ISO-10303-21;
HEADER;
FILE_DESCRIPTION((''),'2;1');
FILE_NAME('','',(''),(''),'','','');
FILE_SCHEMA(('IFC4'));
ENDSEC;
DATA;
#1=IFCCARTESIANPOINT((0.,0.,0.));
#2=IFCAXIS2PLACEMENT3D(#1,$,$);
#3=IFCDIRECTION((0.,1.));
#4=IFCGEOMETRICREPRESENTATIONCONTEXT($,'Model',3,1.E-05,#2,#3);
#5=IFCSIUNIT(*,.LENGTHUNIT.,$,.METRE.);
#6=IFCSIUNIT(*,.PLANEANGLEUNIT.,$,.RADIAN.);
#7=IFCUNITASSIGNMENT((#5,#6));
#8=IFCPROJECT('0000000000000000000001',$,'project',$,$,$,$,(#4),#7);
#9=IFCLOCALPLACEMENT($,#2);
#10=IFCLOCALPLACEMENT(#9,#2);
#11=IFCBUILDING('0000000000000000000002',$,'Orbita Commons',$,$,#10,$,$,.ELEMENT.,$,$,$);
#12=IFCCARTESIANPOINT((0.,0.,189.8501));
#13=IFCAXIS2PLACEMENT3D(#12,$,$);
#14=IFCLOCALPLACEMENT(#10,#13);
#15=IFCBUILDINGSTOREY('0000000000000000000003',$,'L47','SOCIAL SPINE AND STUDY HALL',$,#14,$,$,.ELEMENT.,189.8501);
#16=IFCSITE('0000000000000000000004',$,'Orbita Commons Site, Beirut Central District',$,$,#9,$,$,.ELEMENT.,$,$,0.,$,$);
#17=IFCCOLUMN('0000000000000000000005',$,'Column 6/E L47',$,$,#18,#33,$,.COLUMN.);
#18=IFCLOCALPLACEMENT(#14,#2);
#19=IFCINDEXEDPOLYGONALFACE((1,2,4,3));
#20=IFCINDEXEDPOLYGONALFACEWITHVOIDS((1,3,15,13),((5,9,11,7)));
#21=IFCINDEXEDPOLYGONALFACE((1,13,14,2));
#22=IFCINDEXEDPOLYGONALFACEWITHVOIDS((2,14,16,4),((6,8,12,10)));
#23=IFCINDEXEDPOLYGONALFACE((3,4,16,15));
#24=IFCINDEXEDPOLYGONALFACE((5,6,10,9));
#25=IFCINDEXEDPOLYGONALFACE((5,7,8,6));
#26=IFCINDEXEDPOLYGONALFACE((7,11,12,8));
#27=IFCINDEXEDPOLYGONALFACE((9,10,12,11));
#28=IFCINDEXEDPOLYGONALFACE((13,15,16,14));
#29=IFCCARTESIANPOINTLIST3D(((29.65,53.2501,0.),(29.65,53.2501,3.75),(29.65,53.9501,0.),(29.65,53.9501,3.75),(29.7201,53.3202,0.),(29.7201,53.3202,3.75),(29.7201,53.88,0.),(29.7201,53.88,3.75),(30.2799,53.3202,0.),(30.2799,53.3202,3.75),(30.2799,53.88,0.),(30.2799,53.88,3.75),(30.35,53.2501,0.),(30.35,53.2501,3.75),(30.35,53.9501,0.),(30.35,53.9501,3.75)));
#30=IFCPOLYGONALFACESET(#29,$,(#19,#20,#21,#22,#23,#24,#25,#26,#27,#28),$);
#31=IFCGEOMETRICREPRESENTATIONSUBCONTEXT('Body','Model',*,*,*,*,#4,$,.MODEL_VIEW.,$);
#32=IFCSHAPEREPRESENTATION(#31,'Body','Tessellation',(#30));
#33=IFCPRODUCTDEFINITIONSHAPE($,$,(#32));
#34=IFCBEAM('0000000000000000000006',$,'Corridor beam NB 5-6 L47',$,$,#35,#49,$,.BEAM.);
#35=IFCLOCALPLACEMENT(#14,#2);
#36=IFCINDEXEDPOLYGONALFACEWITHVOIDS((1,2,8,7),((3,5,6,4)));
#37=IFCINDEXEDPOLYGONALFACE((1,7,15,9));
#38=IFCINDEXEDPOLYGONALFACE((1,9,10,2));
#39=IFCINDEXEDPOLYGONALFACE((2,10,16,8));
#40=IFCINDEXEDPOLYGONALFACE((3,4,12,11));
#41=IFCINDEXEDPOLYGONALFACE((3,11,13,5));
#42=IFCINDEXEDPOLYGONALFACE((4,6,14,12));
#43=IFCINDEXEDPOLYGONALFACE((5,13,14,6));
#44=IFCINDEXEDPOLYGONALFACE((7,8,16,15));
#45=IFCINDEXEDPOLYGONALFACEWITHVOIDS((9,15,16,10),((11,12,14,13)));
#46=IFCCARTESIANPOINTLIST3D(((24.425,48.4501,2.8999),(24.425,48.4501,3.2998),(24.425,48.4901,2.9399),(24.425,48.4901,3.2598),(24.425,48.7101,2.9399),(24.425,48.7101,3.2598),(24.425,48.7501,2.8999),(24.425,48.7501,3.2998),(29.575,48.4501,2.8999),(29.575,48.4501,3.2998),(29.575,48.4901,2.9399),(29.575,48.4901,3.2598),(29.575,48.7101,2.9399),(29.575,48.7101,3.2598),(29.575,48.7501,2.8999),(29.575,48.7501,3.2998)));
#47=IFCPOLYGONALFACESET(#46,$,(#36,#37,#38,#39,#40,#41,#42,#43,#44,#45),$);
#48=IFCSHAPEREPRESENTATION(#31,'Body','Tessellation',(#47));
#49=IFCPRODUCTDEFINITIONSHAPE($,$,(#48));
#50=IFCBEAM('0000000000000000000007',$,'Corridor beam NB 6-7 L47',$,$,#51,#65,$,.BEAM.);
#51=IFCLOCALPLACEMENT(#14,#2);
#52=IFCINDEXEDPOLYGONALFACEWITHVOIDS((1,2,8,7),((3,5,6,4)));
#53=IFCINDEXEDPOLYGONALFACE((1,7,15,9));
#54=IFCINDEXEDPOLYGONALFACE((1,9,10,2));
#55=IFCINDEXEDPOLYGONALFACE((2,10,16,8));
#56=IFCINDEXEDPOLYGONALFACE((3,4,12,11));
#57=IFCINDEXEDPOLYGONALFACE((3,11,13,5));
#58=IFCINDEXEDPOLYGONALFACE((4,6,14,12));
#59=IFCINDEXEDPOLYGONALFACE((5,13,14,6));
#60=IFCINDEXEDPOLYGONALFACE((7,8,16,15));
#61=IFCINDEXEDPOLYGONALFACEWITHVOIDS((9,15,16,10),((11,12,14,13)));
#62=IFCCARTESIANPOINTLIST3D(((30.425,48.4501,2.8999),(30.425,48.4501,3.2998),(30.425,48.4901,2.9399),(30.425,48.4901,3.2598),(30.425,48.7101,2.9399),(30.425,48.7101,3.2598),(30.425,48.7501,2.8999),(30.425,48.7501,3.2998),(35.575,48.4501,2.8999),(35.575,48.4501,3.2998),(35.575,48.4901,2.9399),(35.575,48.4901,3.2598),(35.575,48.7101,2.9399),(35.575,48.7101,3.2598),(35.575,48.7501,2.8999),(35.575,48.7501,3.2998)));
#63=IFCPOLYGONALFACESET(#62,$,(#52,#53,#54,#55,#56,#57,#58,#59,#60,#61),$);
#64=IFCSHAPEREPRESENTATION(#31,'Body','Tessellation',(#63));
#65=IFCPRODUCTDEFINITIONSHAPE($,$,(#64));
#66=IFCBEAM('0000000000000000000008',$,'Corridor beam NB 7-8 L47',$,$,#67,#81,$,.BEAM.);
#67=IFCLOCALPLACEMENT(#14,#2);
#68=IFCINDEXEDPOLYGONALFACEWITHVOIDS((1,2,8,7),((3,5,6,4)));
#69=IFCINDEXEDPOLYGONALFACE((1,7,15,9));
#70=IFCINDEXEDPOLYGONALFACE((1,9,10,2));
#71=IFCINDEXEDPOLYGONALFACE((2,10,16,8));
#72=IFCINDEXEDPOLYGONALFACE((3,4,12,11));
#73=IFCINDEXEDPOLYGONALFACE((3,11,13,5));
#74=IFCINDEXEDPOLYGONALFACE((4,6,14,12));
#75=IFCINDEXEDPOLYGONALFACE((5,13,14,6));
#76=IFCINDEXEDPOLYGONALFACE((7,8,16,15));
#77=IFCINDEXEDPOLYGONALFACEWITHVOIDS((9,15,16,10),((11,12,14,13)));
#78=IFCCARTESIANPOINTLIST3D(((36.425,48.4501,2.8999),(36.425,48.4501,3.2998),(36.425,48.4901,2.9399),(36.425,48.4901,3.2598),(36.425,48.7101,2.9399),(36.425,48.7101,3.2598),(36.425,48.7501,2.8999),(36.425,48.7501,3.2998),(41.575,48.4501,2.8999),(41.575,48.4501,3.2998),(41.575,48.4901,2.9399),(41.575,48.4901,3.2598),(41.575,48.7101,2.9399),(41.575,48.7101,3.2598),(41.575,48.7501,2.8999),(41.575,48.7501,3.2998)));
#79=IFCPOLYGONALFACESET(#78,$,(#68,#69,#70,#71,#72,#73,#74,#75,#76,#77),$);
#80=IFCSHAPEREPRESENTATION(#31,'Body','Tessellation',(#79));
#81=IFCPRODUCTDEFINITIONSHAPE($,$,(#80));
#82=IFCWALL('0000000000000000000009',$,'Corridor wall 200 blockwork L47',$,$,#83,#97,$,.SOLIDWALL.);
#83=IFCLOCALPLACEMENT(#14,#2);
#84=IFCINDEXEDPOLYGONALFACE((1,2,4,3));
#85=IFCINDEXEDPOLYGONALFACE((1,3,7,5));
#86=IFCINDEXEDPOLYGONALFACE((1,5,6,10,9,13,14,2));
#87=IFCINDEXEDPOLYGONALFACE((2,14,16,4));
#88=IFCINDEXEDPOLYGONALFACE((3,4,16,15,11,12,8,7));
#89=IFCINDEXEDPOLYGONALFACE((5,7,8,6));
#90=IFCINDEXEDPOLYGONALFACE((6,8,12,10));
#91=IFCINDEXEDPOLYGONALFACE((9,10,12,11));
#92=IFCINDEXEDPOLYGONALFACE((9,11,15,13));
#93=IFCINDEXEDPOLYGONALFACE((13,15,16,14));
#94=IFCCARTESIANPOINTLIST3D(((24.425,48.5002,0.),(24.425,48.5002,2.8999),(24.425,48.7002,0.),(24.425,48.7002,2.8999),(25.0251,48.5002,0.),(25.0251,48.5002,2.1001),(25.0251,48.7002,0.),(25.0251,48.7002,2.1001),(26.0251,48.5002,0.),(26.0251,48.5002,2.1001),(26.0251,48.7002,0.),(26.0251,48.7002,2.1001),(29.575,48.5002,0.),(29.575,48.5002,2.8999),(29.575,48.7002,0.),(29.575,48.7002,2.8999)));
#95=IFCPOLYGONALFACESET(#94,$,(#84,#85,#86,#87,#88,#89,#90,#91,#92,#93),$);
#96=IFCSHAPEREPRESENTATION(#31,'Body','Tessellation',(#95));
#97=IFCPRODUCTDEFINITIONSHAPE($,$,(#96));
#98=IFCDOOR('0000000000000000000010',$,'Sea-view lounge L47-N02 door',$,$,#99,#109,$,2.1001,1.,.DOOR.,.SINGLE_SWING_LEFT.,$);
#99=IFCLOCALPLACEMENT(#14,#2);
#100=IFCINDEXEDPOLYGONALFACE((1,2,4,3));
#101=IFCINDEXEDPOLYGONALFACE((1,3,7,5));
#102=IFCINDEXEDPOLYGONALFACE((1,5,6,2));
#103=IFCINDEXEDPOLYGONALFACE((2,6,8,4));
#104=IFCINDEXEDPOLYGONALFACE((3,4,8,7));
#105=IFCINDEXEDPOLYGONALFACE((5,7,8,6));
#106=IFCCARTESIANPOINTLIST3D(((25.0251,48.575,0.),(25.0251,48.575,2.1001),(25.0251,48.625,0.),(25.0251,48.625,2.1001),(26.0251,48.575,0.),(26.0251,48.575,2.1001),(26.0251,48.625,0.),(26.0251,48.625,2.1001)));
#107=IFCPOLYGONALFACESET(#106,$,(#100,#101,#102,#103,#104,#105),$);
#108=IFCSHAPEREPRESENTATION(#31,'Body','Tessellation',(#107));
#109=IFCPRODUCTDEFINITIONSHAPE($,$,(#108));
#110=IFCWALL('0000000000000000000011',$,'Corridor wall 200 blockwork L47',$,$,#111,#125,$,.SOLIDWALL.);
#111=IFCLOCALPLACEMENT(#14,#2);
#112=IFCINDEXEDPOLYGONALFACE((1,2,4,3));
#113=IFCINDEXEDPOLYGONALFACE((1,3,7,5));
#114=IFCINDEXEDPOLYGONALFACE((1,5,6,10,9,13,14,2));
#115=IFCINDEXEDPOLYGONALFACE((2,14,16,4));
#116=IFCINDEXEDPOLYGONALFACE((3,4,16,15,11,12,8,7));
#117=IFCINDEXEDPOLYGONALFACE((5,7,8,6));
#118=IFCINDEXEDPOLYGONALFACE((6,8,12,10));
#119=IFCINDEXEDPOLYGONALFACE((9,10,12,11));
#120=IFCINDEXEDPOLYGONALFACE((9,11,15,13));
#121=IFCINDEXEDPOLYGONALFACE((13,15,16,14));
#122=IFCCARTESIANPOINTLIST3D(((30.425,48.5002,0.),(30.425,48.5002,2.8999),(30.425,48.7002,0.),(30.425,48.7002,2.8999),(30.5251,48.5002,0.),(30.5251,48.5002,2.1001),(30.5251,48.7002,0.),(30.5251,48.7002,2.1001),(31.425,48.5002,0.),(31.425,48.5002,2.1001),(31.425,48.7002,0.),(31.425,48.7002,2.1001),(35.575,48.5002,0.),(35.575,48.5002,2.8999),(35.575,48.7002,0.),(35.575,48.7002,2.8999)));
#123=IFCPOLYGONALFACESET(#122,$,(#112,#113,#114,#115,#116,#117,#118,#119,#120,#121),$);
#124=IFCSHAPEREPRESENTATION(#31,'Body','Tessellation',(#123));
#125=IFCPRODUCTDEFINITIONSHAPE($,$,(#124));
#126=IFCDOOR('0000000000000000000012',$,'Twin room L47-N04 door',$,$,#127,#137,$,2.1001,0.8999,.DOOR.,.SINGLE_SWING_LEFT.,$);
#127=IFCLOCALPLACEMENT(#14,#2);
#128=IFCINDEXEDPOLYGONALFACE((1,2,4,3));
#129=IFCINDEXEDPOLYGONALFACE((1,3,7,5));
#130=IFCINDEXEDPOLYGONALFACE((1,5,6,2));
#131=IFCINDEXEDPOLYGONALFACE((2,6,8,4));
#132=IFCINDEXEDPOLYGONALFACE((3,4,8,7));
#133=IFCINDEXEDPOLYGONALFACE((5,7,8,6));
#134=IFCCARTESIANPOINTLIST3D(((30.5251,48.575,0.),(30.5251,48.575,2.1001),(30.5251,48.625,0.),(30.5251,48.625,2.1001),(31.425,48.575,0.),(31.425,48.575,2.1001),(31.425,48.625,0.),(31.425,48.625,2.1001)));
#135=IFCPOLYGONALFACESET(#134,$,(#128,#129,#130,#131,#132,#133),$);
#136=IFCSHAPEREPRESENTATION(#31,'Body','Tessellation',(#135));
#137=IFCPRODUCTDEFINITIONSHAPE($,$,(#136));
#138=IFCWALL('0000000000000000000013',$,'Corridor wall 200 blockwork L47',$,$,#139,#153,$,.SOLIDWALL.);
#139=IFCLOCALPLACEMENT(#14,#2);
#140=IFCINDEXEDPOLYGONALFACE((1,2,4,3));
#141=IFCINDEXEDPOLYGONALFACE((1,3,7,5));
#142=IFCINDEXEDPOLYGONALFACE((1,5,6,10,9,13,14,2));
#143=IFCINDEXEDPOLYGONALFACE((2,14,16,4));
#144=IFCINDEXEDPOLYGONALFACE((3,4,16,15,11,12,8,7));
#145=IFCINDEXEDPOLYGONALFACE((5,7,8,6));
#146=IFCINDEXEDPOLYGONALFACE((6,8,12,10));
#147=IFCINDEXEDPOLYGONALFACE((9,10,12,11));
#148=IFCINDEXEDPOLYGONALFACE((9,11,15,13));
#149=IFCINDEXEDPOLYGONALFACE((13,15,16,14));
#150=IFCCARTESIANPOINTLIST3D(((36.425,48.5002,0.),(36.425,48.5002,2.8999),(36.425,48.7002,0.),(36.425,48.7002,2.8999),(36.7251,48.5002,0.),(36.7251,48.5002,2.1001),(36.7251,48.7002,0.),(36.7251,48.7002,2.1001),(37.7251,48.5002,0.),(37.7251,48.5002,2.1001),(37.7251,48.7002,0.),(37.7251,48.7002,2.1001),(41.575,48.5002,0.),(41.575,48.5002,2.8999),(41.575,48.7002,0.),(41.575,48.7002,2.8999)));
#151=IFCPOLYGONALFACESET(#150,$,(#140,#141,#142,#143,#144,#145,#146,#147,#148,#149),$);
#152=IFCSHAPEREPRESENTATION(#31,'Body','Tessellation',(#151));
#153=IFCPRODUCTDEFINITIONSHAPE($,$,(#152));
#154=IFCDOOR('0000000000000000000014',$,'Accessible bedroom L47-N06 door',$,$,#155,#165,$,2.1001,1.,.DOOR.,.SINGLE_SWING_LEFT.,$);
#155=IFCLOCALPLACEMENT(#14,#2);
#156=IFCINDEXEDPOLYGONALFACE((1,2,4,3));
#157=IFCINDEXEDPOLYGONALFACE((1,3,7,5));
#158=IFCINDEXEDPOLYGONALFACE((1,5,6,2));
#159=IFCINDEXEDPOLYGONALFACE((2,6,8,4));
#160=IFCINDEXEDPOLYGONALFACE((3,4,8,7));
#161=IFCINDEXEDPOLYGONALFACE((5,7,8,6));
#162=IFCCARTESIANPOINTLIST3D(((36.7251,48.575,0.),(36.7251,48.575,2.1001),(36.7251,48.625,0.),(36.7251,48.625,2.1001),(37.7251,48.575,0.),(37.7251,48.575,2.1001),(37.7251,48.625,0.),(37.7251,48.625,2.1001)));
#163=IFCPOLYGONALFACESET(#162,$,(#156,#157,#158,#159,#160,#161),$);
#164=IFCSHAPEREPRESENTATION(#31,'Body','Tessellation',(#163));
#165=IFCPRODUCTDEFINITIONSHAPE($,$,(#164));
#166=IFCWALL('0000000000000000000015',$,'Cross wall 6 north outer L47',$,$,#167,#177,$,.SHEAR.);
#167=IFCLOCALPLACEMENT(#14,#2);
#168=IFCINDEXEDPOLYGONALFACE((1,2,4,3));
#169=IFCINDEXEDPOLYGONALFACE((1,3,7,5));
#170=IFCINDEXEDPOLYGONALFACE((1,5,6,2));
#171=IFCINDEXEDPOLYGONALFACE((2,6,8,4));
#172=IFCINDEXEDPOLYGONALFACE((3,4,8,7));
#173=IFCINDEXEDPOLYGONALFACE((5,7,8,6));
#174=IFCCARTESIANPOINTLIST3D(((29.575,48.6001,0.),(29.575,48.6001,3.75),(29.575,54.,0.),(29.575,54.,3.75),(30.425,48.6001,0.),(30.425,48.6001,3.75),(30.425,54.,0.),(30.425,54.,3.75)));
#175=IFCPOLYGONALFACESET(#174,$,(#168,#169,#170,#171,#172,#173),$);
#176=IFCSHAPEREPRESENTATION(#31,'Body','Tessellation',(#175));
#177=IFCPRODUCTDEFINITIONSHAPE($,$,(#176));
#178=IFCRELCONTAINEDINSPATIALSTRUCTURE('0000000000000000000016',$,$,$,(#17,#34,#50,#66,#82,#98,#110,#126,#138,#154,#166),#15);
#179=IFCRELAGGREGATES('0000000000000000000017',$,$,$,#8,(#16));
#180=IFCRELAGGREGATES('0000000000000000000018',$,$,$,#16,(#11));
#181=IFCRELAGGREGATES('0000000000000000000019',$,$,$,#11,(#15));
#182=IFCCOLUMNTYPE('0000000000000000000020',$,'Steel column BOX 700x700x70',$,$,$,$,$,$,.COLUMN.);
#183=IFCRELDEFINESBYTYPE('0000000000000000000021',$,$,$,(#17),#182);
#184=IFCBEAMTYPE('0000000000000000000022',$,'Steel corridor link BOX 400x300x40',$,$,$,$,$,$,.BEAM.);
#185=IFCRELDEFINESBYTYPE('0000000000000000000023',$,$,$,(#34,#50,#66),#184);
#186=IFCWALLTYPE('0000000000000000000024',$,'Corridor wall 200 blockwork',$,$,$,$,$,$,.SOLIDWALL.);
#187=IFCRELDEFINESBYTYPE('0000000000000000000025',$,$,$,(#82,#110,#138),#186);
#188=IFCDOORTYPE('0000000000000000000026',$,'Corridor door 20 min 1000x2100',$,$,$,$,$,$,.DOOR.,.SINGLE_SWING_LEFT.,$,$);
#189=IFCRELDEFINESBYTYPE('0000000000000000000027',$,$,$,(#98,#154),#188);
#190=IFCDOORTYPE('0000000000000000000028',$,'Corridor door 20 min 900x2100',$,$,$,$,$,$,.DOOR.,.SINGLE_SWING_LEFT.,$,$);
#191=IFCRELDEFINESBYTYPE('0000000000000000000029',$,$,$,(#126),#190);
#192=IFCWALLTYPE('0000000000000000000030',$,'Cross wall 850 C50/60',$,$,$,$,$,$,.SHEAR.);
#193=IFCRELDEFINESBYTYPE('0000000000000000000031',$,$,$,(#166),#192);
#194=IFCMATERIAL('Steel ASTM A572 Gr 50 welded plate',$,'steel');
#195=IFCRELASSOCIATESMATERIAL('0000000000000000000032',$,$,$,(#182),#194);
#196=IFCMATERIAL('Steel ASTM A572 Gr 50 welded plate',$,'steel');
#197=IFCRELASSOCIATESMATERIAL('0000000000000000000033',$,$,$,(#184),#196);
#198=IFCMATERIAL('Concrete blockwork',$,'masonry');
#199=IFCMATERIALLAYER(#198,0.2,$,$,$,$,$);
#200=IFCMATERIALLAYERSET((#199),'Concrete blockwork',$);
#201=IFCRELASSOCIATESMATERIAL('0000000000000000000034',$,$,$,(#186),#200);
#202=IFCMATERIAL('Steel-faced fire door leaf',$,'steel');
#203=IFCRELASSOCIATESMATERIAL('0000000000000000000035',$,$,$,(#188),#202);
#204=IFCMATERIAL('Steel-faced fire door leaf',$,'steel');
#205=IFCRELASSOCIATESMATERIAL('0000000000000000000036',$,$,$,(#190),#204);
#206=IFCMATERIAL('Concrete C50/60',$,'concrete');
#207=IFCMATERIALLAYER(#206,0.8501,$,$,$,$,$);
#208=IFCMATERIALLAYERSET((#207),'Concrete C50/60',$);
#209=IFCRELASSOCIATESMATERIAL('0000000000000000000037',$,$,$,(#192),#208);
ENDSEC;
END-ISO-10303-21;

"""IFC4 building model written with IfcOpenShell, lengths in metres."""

from ifc_helpers import new_model, si_unit, direction, frame, frame_2d, origin, origin_2d, place, context, subcontext, project, spatial, polyline, rectangle, hollow_rectangle, outline, extrude, material, layer, layer_set, material_profile, profile_set, type_object, element, fill, save


model = new_model("IFC4")

# Units and contexts
model_context = context("Model", 3, precision=1e-05, world=origin(), true_north=direction((0.0, 1.0)))
body_context = subcontext(model_context, "Body", "Model", "MODEL_VIEW")
ifc_project = project(units=[si_unit("LENGTHUNIT", "METRE"), si_unit("PLANEANGLEUNIT", "RADIAN")], contexts=[model_context])

# Site, building, storey
site_placement = place(None, origin())
site = spatial("IfcSite", under=ifc_project, at=site_placement, Name="Orbita Commons Site, Beirut Central District", CompositionType="ELEMENT", RefElevation=0.0)
building_placement = place(site_placement, origin())
building = spatial("IfcBuilding", under=site, at=building_placement, Name="Orbita Commons", CompositionType="ELEMENT")
storey_placement = place(building_placement, frame((0.0, 0.0, 189.8501)))
storey = spatial("IfcBuildingStorey", under=building, at=storey_placement, Name="L47", Description="SOCIAL SPINE AND STUDY HALL", CompositionType="ELEMENT", Elevation=189.8501)

# Column
ifc_material_1 = material(Name="Steel ASTM A572 Gr 50 welded plate", Category="steel")
ifc_material_profile_1 = material_profile(ifc_material_1, hollow_rectangle(XDim=0.7, YDim=0.7, WallThickness=0.0701, at=origin_2d()), Name="BOX 700x700x70")
ifc_profile_set_1 = profile_set([ifc_material_profile_1], Name="Steel ASTM A572 Gr 50 welded plate")
column_type = type_object("IfcColumnType", Name="Steel column BOX 700x700x70", PredefinedType="COLUMN", material=ifc_profile_set_1)
column_placement = place(storey_placement, frame((30.0, 53.6001, 0.0), z_axis=(0.0, 0.0, 1.0), x_axis=(1.0, 0.0, 0.0)))
element("IfcColumn", 1, at=column_placement, inside=storey, type_object=column_type, Name="Column 6/E L47", PredefinedType="COLUMN", context=body_context, shape_type="SweptSolid", body=[
    extrude(hollow_rectangle(XDim=0.7, YDim=0.7, WallThickness=0.0701, at=origin_2d()), origin(), (0.0, 0.0, 1.0), 3.75),
])

# Beams
ifc_material_2 = material(Name="Steel ASTM A572 Gr 50 welded plate", Category="steel")
ifc_material_profile_2 = material_profile(ifc_material_2, hollow_rectangle(XDim=0.3, YDim=0.3999, WallThickness=0.04, at=origin_2d()), Name="BOX 400x300x40")
ifc_profile_set_2 = profile_set([ifc_material_profile_2], Name="Steel ASTM A572 Gr 50 welded plate")
beam_type = type_object("IfcBeamType", Name="Steel corridor link BOX 400x300x40", PredefinedType="BEAM", material=ifc_profile_set_2)
for number, where, z_axis, x_axis, name in (
    (2, (24.425, 48.6001, 3.0999), (1.0, 0.0, 0.0), (0.0, 1.0, 0.0), "Corridor beam NB 5-6 L47"),
    (3, (30.425, 48.6001, 3.0999), (1.0, 0.0, 0.0), (0.0, 1.0, 0.0), "Corridor beam NB 6-7 L47"),
    (4, (36.425, 48.6001, 3.0999), (1.0, 0.0, 0.0), (0.0, 1.0, 0.0), "Corridor beam NB 7-8 L47"),
):
    element("IfcBeam", number, at=place(storey_placement, frame(where, z_axis=z_axis, x_axis=x_axis)), inside=storey, type_object=beam_type, Name=name, PredefinedType="BEAM", context=body_context, shape_type="SweptSolid", body=[
        extrude(hollow_rectangle(XDim=0.3, YDim=0.3999, WallThickness=0.04, at=origin_2d()), origin(), (0.0, 0.0, 1.0), 5.1499),
    ])

# Walls, openings, doors
ifc_material_3 = material(Name="Concrete blockwork", Category="masonry")
ifc_layer_1 = layer(ifc_material_3, 0.2)
ifc_layer_set_1 = layer_set([ifc_layer_1], Name="Concrete blockwork")
wall_type_1 = type_object("IfcWallType", Name="Corridor wall 200 blockwork", PredefinedType="SOLIDWALL", material=ifc_layer_set_1)
wall_1_placement = place(storey_placement, frame((24.425, 48.6001, 0.0), z_axis=(0.0, 0.0, 1.0), x_axis=(1.0, 0.0, 0.0)))
wall_1 = element("IfcWall", 5, at=wall_1_placement, inside=storey, type_object=wall_type_1, Name="Corridor wall 200 blockwork L47", PredefinedType="SOLIDWALL", context=body_context, shape_type="SweptSolid", body=[
    extrude(outline(polyline([(0.0, 0.0), (5.1499, 0.0), (5.1499, 2.8999), (0.0, 2.8999), (0.0, 0.0)])), frame((0.0, 0.1001, 0.0), z_axis=(0.0, -1.0, 0.0), x_axis=(1.0, 0.0, 0.0)), (0.0, 0.0, 1.0), 0.2),
])
opening_1_placement = place(wall_1_placement, frame((0.6001, 0.0, 0.0)))
opening_1 = element("IfcOpeningElement", 6, at=opening_1_placement, cuts=wall_1, PredefinedType="OPENING", context=body_context, shape_type="SweptSolid", body=[
    extrude(rectangle(XDim=1.0, YDim=2.1001, at=frame_2d((0.5, 1.05))), frame((0.0, 0.1099, 0.0), z_axis=(0.0, -1.0, 0.0), x_axis=(1.0, 0.0, 0.0)), (0.0, 0.0, 1.0), 0.22),
])
ifc_material_4 = material(Name="Steel-faced fire door leaf", Category="steel")
door_type_1 = type_object("IfcDoorType", Name="Corridor door 20 min 1000x2100", OperationType="SINGLE_SWING_LEFT", PredefinedType="DOOR", material=ifc_material_4)
door_1_placement = place(opening_1_placement, origin())
door_1 = element("IfcDoor", 7, at=door_1_placement, inside=storey, type_object=door_type_1, Name="Sea-view lounge L47-N02 door", OperationType="SINGLE_SWING_LEFT", OverallHeight=2.1001, OverallWidth=1.0, PredefinedType="DOOR", context=body_context, shape_type="SweptSolid", body=[
    extrude(rectangle(XDim=1.0, YDim=2.1001, at=frame_2d((0.5, 1.05))), frame((0.0, 0.0249, 0.0), z_axis=(0.0, -1.0, 0.0), x_axis=(1.0, 0.0, 0.0)), (0.0, 0.0, 1.0), 0.05),
])
fill(opening_1, door_1)
wall_2_placement = place(storey_placement, frame((30.425, 48.6001, 0.0), z_axis=(0.0, 0.0, 1.0), x_axis=(1.0, 0.0, 0.0)))
wall_2 = element("IfcWall", 8, at=wall_2_placement, inside=storey, type_object=wall_type_1, Name="Corridor wall 200 blockwork L47", PredefinedType="SOLIDWALL", context=body_context, shape_type="SweptSolid", body=[
    extrude(outline(polyline([(0.0, 0.0), (5.1499, 0.0), (5.1499, 2.8999), (0.0, 2.8999), (0.0, 0.0)])), frame((0.0, 0.1001, 0.0), z_axis=(0.0, -1.0, 0.0), x_axis=(1.0, 0.0, 0.0)), (0.0, 0.0, 1.0), 0.2),
])
opening_2_placement = place(wall_2_placement, frame((0.1001, 0.0, 0.0)))
opening_2 = element("IfcOpeningElement", 9, at=opening_2_placement, cuts=wall_2, PredefinedType="OPENING", context=body_context, shape_type="SweptSolid", body=[
    extrude(rectangle(XDim=0.8999, YDim=2.1001, at=frame_2d((0.45, 1.05))), frame((0.0, 0.1099, 0.0), z_axis=(0.0, -1.0, 0.0), x_axis=(1.0, 0.0, 0.0)), (0.0, 0.0, 1.0), 0.22),
])
ifc_material_5 = material(Name="Steel-faced fire door leaf", Category="steel")
door_type_2 = type_object("IfcDoorType", Name="Corridor door 20 min 900x2100", OperationType="SINGLE_SWING_LEFT", PredefinedType="DOOR", material=ifc_material_5)
door_2_placement = place(opening_2_placement, origin())
door_2 = element("IfcDoor", 10, at=door_2_placement, inside=storey, type_object=door_type_2, Name="Twin room L47-N04 door", OperationType="SINGLE_SWING_LEFT", OverallHeight=2.1001, OverallWidth=0.8999, PredefinedType="DOOR", context=body_context, shape_type="SweptSolid", body=[
    extrude(rectangle(XDim=0.8999, YDim=2.1001, at=frame_2d((0.45, 1.05))), frame((0.0, 0.0249, 0.0), z_axis=(0.0, -1.0, 0.0), x_axis=(1.0, 0.0, 0.0)), (0.0, 0.0, 1.0), 0.05),
])
fill(opening_2, door_2)
wall_3_placement = place(storey_placement, frame((36.425, 48.6001, 0.0), z_axis=(0.0, 0.0, 1.0), x_axis=(1.0, 0.0, 0.0)))
wall_3 = element("IfcWall", 11, at=wall_3_placement, inside=storey, type_object=wall_type_1, Name="Corridor wall 200 blockwork L47", PredefinedType="SOLIDWALL", context=body_context, shape_type="SweptSolid", body=[
    extrude(outline(polyline([(0.0, 0.0), (5.1499, 0.0), (5.1499, 2.8999), (0.0, 2.8999), (0.0, 0.0)])), frame((0.0, 0.1001, 0.0), z_axis=(0.0, -1.0, 0.0), x_axis=(1.0, 0.0, 0.0)), (0.0, 0.0, 1.0), 0.2),
])
opening_3_placement = place(wall_3_placement, frame((0.3, 0.0, 0.0)))
opening_3 = element("IfcOpeningElement", 12, at=opening_3_placement, cuts=wall_3, PredefinedType="OPENING", context=body_context, shape_type="SweptSolid", body=[
    extrude(rectangle(XDim=1.0, YDim=2.1001, at=frame_2d((0.5, 1.05))), frame((0.0, 0.1099, 0.0), z_axis=(0.0, -1.0, 0.0), x_axis=(1.0, 0.0, 0.0)), (0.0, 0.0, 1.0), 0.22),
])
door_3_placement = place(opening_3_placement, origin())
door_3 = element("IfcDoor", 13, at=door_3_placement, inside=storey, type_object=door_type_1, Name="Accessible bedroom L47-N06 door", OperationType="SINGLE_SWING_LEFT", OverallHeight=2.1001, OverallWidth=1.0, PredefinedType="DOOR", context=body_context, shape_type="SweptSolid", body=[
    extrude(rectangle(XDim=1.0, YDim=2.1001, at=frame_2d((0.5, 1.05))), frame((0.0, 0.0249, 0.0), z_axis=(0.0, -1.0, 0.0), x_axis=(1.0, 0.0, 0.0)), (0.0, 0.0, 1.0), 0.05),
])
fill(opening_3, door_3)

# Wall
ifc_material_6 = material(Name="Concrete C50/60", Category="concrete")
ifc_layer_2 = layer(ifc_material_6, 0.8501)
ifc_layer_set_2 = layer_set([ifc_layer_2], Name="Concrete C50/60")
wall_type_2 = type_object("IfcWallType", Name="Cross wall 850 C50/60", PredefinedType="SHEAR", material=ifc_layer_set_2)
for number, where, z_axis, x_axis, name in (
    (14, (30.0, 48.6001, 0.0), (0.0, 0.0, 1.0), (0.0, 1.0, 0.0), "Cross wall 6 north outer L47"),
):
    element("IfcWall", number, at=place(storey_placement, frame(where, z_axis=z_axis, x_axis=x_axis)), inside=storey, type_object=wall_type_2, Name=name, PredefinedType="SHEAR", context=body_context, shape_type="SweptSolid", body=[
        extrude(rectangle(XDim=5.3999, YDim=0.8501, at=frame_2d((2.7, 0.0))), origin(), (0.0, 0.0, 1.0), 3.75),
    ])

save(model, "model.ifc")
